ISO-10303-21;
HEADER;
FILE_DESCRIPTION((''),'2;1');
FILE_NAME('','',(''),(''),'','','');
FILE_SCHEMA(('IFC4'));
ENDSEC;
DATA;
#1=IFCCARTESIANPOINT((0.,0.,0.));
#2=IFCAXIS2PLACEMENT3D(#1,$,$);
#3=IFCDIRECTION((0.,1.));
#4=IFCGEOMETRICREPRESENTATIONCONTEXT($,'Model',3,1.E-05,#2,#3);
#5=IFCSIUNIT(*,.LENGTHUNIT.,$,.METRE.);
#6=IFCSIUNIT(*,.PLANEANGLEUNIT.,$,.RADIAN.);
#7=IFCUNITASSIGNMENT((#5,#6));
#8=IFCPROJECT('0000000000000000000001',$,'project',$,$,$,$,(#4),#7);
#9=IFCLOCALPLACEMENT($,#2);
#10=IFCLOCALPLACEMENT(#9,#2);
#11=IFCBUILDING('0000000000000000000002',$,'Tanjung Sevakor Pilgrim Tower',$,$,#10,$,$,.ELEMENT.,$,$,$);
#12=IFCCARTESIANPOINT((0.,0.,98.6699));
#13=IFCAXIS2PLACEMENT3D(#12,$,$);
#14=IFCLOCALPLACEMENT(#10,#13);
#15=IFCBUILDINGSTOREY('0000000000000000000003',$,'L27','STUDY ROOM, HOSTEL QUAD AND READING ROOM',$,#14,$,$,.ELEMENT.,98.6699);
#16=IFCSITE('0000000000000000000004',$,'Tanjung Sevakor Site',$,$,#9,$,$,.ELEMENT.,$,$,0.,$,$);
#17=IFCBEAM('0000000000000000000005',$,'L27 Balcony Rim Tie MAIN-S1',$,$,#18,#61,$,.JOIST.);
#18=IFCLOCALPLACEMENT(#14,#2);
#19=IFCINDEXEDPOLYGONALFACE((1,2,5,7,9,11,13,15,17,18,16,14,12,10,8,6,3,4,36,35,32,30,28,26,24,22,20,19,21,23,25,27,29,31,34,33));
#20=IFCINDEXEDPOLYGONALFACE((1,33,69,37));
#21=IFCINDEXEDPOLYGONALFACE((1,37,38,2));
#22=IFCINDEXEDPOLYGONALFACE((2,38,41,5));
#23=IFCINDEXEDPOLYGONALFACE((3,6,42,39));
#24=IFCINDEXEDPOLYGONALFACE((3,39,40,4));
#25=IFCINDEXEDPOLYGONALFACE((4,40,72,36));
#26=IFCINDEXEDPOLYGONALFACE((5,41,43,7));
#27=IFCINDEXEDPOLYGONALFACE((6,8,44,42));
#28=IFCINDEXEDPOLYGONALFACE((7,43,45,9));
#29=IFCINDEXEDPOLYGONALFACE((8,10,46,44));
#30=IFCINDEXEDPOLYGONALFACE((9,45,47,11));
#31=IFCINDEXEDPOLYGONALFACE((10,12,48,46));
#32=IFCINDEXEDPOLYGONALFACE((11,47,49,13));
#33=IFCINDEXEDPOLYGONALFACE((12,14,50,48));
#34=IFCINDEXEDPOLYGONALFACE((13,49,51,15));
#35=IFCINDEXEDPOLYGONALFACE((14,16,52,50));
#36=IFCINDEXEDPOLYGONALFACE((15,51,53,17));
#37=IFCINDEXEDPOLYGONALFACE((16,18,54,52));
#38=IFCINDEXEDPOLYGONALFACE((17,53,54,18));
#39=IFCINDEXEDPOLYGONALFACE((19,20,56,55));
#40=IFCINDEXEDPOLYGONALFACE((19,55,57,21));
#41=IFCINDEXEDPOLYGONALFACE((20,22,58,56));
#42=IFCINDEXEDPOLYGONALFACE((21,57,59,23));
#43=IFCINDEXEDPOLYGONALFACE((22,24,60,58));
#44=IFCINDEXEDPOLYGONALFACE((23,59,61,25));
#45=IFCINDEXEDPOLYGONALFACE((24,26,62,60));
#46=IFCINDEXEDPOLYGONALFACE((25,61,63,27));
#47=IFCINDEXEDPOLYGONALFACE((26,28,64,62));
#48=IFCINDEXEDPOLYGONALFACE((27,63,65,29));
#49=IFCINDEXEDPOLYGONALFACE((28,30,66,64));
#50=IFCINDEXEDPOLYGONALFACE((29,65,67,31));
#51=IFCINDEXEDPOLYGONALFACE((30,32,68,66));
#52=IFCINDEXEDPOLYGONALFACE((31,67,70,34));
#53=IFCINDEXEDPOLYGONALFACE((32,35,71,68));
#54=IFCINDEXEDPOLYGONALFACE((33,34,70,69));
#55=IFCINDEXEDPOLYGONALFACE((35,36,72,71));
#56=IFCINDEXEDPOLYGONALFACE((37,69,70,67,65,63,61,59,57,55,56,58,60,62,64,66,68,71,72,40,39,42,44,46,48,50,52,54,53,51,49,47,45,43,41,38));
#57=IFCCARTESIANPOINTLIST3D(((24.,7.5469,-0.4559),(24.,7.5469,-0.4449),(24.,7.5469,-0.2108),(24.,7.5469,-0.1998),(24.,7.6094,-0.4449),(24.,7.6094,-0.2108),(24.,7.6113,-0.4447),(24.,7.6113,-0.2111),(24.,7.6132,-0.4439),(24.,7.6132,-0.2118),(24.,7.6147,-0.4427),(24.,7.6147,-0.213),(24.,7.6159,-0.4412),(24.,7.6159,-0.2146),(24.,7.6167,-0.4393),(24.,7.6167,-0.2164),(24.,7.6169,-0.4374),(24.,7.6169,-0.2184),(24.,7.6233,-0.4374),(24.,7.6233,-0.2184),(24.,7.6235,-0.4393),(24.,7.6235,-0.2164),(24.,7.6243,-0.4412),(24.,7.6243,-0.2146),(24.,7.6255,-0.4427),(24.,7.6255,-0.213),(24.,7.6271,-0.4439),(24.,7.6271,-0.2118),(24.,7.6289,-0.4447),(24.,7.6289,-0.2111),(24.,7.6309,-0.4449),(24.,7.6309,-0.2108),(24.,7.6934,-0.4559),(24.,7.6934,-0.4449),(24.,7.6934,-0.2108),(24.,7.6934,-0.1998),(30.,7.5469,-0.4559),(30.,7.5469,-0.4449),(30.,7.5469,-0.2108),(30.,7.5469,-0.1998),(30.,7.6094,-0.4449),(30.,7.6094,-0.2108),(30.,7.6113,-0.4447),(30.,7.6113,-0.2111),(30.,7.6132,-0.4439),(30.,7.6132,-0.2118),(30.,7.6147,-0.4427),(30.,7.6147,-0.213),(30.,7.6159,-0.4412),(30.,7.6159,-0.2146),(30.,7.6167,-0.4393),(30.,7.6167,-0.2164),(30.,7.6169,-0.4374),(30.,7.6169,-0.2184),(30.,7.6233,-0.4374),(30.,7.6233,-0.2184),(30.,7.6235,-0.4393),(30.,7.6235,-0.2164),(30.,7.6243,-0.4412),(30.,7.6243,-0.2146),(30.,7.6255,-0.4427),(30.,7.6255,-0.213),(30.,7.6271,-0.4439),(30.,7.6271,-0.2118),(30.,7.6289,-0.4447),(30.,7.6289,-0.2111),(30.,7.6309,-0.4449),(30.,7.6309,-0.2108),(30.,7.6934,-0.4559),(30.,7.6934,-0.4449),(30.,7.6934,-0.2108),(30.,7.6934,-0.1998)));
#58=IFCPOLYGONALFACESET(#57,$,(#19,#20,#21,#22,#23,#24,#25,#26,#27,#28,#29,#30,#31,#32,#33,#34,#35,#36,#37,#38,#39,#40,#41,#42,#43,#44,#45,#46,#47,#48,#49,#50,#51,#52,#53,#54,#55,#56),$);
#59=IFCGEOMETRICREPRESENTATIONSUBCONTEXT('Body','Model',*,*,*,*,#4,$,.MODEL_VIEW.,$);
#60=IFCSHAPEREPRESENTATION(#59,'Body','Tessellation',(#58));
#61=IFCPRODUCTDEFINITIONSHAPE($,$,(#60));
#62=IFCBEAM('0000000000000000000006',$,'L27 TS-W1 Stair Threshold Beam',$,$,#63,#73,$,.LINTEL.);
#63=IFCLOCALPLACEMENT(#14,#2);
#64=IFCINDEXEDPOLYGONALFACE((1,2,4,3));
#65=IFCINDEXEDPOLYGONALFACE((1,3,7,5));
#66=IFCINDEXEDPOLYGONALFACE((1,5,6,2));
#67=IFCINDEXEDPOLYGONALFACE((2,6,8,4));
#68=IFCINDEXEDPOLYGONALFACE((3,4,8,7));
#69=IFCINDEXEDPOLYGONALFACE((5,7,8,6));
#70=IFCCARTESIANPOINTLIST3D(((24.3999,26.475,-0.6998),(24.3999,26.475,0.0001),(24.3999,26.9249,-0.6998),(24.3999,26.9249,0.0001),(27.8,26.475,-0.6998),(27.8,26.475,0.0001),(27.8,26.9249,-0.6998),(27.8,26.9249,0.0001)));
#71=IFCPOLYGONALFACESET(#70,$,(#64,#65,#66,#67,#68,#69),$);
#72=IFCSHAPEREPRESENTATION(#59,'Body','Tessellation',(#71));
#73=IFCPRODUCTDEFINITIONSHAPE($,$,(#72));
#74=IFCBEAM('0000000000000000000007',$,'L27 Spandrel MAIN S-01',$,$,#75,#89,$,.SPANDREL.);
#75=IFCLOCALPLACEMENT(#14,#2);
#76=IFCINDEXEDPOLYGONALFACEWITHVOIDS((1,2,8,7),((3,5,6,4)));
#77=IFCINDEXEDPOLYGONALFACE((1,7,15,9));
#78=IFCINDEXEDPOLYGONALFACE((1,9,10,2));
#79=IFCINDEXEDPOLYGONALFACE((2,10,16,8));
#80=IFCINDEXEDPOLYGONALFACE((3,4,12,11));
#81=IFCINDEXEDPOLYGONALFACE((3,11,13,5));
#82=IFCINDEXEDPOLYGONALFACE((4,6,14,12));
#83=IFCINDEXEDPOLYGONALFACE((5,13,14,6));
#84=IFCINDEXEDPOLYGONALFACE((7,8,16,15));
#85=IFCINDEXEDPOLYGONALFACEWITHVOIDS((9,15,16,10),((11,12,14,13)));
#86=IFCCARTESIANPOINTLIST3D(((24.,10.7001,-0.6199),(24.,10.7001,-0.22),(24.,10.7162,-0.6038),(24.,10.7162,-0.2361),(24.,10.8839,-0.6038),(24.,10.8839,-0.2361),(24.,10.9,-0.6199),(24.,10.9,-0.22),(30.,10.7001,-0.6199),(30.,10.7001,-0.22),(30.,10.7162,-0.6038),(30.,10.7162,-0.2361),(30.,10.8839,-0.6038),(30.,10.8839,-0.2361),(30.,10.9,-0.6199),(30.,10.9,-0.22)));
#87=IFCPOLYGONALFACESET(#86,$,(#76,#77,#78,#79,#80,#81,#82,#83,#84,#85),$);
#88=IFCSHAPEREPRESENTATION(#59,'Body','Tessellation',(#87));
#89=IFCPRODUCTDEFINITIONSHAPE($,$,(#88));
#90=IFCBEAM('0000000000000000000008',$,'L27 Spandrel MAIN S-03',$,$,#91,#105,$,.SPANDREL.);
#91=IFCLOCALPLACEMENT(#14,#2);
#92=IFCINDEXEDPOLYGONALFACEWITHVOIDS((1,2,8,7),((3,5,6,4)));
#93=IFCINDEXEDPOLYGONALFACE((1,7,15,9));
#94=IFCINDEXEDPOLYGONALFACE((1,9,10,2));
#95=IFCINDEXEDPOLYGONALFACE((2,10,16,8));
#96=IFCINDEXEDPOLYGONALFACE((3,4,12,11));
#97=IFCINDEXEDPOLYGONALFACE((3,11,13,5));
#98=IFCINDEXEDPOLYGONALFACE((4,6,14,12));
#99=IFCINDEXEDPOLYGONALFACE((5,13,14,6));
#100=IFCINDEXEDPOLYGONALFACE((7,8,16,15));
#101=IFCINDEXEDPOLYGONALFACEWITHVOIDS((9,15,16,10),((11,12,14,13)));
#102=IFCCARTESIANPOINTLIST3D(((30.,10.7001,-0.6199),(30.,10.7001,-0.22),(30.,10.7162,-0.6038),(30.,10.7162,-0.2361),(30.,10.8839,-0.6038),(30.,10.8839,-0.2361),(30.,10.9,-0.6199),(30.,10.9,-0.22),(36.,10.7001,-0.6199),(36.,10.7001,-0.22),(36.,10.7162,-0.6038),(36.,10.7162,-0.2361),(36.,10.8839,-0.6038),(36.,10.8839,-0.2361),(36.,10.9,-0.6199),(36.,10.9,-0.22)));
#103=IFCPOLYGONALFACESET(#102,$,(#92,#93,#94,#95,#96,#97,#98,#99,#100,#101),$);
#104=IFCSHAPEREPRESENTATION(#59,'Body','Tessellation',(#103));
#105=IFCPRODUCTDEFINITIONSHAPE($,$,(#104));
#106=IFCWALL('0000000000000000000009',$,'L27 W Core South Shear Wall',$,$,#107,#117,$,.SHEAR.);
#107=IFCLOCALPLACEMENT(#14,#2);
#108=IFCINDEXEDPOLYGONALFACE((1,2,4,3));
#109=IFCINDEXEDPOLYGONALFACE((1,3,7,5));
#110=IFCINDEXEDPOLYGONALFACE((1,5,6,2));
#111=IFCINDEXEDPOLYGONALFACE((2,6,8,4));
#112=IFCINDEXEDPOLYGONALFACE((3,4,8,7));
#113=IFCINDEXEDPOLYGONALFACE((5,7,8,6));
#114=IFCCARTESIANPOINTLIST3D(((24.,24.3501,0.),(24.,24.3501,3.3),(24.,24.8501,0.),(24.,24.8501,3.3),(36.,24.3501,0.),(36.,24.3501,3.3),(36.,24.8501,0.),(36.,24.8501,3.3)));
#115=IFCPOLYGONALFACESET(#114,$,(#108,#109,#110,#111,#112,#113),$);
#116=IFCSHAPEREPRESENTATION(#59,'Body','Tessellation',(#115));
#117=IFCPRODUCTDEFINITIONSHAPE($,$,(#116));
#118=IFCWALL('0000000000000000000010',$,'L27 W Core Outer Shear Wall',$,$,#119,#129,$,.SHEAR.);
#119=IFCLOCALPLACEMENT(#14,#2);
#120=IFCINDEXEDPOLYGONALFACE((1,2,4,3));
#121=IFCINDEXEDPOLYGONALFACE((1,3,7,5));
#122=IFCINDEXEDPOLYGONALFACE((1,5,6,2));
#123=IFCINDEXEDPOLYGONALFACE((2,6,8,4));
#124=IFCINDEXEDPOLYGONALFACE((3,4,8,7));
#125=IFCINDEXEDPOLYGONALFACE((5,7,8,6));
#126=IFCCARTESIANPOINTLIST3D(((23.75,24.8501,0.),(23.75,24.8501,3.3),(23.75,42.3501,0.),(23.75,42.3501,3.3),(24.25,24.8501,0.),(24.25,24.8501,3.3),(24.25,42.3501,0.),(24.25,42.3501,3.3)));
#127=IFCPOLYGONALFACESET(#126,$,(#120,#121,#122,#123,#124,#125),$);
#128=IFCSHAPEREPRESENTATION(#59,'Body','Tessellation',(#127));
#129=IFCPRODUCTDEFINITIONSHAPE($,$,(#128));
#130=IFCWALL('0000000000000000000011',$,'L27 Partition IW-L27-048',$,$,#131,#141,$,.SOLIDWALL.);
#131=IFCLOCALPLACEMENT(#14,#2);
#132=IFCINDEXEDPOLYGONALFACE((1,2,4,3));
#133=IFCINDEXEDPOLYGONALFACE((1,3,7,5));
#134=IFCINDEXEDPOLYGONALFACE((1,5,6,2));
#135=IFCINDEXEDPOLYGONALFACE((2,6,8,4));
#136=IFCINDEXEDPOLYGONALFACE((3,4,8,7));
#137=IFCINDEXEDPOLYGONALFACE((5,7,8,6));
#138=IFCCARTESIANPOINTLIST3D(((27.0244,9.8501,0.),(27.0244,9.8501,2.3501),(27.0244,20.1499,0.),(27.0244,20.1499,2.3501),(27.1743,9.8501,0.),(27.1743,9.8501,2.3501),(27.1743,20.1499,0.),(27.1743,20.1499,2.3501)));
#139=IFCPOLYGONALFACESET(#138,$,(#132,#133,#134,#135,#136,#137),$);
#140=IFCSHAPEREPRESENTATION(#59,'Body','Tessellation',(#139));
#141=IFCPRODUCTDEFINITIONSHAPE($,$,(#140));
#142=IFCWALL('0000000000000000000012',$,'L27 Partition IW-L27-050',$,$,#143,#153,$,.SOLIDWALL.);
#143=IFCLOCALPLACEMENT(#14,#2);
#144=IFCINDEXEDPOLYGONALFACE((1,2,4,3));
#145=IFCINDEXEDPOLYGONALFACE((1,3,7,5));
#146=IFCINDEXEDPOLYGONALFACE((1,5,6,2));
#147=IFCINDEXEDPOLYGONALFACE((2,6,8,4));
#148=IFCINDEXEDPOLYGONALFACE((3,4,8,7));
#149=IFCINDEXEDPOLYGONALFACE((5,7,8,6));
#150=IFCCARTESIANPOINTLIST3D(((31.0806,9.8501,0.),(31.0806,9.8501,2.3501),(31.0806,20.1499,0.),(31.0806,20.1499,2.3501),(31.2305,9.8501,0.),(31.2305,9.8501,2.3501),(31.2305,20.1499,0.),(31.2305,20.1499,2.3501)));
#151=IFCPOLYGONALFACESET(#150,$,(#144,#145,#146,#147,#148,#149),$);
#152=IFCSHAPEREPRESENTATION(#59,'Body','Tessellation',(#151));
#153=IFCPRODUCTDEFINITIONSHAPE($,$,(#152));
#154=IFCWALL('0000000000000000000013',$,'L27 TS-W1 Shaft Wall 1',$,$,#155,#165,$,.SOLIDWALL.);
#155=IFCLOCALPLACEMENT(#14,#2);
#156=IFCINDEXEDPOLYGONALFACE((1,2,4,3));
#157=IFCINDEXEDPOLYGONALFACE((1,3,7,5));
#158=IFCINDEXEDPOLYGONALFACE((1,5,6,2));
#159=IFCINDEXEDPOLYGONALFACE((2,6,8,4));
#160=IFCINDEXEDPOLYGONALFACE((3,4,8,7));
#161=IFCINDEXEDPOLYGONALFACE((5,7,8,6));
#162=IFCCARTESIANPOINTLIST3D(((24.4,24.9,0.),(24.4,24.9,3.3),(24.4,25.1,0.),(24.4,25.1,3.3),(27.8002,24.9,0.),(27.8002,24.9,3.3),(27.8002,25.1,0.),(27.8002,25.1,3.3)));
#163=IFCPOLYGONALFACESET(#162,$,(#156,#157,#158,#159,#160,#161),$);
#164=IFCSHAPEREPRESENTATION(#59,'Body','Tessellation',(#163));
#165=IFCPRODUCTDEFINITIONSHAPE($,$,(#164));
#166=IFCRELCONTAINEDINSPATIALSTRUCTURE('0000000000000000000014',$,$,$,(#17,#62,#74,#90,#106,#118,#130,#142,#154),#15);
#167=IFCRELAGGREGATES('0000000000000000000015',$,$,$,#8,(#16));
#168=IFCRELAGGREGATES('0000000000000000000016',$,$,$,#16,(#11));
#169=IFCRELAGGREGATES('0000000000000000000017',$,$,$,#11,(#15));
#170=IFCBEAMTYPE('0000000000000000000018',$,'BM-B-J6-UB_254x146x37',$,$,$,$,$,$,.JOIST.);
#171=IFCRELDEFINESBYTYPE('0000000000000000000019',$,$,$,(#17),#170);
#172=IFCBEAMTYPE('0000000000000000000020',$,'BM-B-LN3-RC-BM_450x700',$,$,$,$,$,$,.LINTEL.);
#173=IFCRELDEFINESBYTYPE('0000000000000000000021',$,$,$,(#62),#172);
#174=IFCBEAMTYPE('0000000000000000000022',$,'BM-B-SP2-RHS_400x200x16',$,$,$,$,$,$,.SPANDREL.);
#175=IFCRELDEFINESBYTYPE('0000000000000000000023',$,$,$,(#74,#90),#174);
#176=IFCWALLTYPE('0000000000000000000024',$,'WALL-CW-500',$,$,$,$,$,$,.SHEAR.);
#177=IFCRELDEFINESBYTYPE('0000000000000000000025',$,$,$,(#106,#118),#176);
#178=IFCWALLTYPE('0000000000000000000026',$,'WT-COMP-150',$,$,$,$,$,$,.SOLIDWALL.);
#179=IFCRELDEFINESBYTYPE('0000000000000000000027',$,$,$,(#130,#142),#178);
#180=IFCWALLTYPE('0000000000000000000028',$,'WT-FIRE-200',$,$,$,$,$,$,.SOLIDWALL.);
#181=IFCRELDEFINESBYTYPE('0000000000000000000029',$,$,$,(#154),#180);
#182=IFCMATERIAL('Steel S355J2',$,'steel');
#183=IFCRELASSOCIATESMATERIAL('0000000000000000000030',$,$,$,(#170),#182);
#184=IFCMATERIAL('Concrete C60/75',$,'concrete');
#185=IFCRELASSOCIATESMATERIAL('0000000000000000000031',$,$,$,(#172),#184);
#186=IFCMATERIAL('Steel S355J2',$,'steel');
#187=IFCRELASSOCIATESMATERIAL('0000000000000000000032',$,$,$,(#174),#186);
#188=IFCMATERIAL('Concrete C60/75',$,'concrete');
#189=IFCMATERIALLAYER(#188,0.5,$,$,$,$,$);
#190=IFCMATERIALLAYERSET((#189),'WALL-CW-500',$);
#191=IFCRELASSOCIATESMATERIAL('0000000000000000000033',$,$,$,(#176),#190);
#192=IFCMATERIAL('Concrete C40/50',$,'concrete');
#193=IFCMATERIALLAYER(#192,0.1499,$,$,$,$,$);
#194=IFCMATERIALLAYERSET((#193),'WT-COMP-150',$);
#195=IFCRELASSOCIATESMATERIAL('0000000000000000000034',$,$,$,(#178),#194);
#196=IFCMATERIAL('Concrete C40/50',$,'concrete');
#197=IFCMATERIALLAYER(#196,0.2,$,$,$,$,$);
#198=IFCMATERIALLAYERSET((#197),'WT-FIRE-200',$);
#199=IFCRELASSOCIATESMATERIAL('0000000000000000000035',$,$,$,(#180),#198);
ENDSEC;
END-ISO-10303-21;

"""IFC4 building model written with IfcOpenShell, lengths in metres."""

from ifc_helpers import new_model, si_unit, direction, frame, frame_2d, origin, origin_2d, place, context, subcontext, project, spatial, rectangle, hollow_rectangle, i_section, extrude, material, layer, layer_set, material_profile, profile_set, type_object, element, save


model = new_model("IFC4")

# Units and contexts
model_context = context("Model", 3, precision=1e-05, world=origin(), true_north=direction((0.0, 1.0)))
body_context = subcontext(model_context, "Body", "Model", "MODEL_VIEW")
ifc_project = project(units=[si_unit("LENGTHUNIT", "METRE"), si_unit("PLANEANGLEUNIT", "RADIAN")], contexts=[model_context])

# Site, building, storey
site_placement = place(None, origin())
site = spatial("IfcSite", under=ifc_project, at=site_placement, Name="Tanjung Sevakor Site", CompositionType="ELEMENT", RefElevation=0.0)
building_placement = place(site_placement, origin())
building = spatial("IfcBuilding", under=site, at=building_placement, Name="Tanjung Sevakor Pilgrim Tower", CompositionType="ELEMENT")
storey_placement = place(building_placement, frame((0.0, 0.0, 98.6699)))
storey = spatial("IfcBuildingStorey", under=building, at=storey_placement, Name="L27", Description="STUDY ROOM, HOSTEL QUAD AND READING ROOM", CompositionType="ELEMENT", Elevation=98.6699)

# Beams
ifc_material_1 = material(Name="Steel S355J2", Category="steel")
ifc_material_profile_1 = material_profile(ifc_material_1, i_section(OverallWidth=0.1465, OverallDepth=0.2561, WebThickness=0.0063, FlangeThickness=0.011, FilletRadius=0.0076, at=origin_2d()))
ifc_profile_set_1 = profile_set([ifc_material_profile_1], Name="Steel S355J2")
beam_type_1 = type_object("IfcBeamType", Name="BM-B-J6-UB_254x146x37", PredefinedType="JOIST", material=ifc_profile_set_1)
beam_1_placement = place(storey_placement, frame((24.0, 7.6201, -0.3279), z_axis=(1.0, 0.0, 0.0), x_axis=(0.0, 1.0, 0.0)))
element("IfcBeam", 1, at=beam_1_placement, inside=storey, type_object=beam_type_1, Name="L27 Balcony Rim Tie MAIN-S1", PredefinedType="JOIST", context=body_context, shape_type="SweptSolid", body=[
    extrude(i_section(OverallWidth=0.1465, OverallDepth=0.2561, WebThickness=0.0063, FlangeThickness=0.011, FilletRadius=0.0076, at=origin_2d()), origin(), (0.0, 0.0, 1.0), 6.0),
])
ifc_material_2 = material(Name="Concrete C60/75", Category="concrete")
ifc_material_profile_2 = material_profile(ifc_material_2, rectangle(XDim=0.45, YDim=0.7, at=origin_2d()))
ifc_profile_set_2 = profile_set([ifc_material_profile_2], Name="Concrete C60/75")
beam_type_2 = type_object("IfcBeamType", Name="BM-B-LN3-RC-BM_450x700", PredefinedType="LINTEL", material=ifc_profile_set_2)
beam_2_placement = place(storey_placement, frame((24.3999, 26.7, -0.3499), z_axis=(1.0, 0.0, 0.0), x_axis=(0.0, 1.0, 0.0)))
element("IfcBeam", 2, at=beam_2_placement, inside=storey, type_object=beam_type_2, Name="L27 TS-W1 Stair Threshold Beam", PredefinedType="LINTEL", context=body_context, shape_type="SweptSolid", body=[
    extrude(rectangle(XDim=0.45, YDim=0.7, at=origin_2d()), origin(), (0.0, 0.0, 1.0), 3.4001),
])
ifc_material_3 = material(Name="Steel S355J2", Category="steel")
ifc_material_profile_3 = material_profile(ifc_material_3, hollow_rectangle(XDim=0.2, YDim=0.3999, WallThickness=0.0161, at=origin_2d()))
ifc_profile_set_3 = profile_set([ifc_material_profile_3], Name="Steel S355J2")
beam_type_3 = type_object("IfcBeamType", Name="BM-B-SP2-RHS_400x200x16", PredefinedType="SPANDREL", material=ifc_profile_set_3)
for number, where, z_axis, x_axis, name in (
    (3, (24.0, 10.8, -0.4199), (1.0, 0.0, 0.0), (0.0, 1.0, 0.0), "L27 Spandrel MAIN S-01"),
    (4, (30.0, 10.8, -0.4199), (1.0, 0.0, 0.0), (0.0, 1.0, 0.0), "L27 Spandrel MAIN S-03"),
):
    element("IfcBeam", number, at=place(storey_placement, frame(where, z_axis=z_axis, x_axis=x_axis)), inside=storey, type_object=beam_type_3, Name=name, PredefinedType="SPANDREL", context=body_context, shape_type="SweptSolid", body=[
        extrude(hollow_rectangle(XDim=0.2, YDim=0.3999, WallThickness=0.0161, at=origin_2d()), origin(), (0.0, 0.0, 1.0), 6.0),
    ])

# Walls
ifc_material_4 = material(Name="Concrete C60/75", Category="concrete")
ifc_layer_1 = layer(ifc_material_4, 0.5)
ifc_layer_set_1 = layer_set([ifc_layer_1], Name="WALL-CW-500")
wall_type_1 = type_object("IfcWallType", Name="WALL-CW-500", PredefinedType="SHEAR", material=ifc_layer_set_1)
wall_1_placement = place(storey_placement, frame((24.0, 24.6001, 0.0), z_axis=(0.0, 0.0, 1.0), x_axis=(1.0, 0.0, 0.0)))
element("IfcWall", 5, at=wall_1_placement, inside=storey, type_object=wall_type_1, Name="L27 W Core South Shear Wall", PredefinedType="SHEAR", context=body_context, shape_type="SweptSolid", body=[
    extrude(rectangle(XDim=12.0, YDim=0.5, at=frame_2d((6.0, 0.0))), origin(), (0.0, 0.0, 1.0), 3.3),
])
wall_2_placement = place(storey_placement, frame((24.0, 24.8501, 0.0), z_axis=(0.0, 0.0, 1.0), x_axis=(0.0, 1.0, 0.0)))
element("IfcWall", 6, at=wall_2_placement, inside=storey, type_object=wall_type_1, Name="L27 W Core Outer Shear Wall", PredefinedType="SHEAR", context=body_context, shape_type="SweptSolid", body=[
    extrude(rectangle(XDim=17.5, YDim=0.5, at=frame_2d((8.75, 0.0))), origin(), (0.0, 0.0, 1.0), 3.3),
])

# Shared definitions
ifc_material_5 = material(Name="Concrete C40/50", Category="concrete")
ifc_layer_2 = layer(ifc_material_5, 0.1499)
ifc_layer_set_2 = layer_set([ifc_layer_2], Name="WT-COMP-150")
wall_type_2 = type_object("IfcWallType", Name="WT-COMP-150", PredefinedType="SOLIDWALL", material=ifc_layer_set_2)

# Walls
for number, where, z_axis, x_axis, name in (
    (7, (27.0994, 9.8501, 0.0), (0.0, 0.0, 1.0), (0.0, 1.0, 0.0), "L27 Partition IW-L27-048"),
    (8, (31.1555, 9.8501, 0.0), (0.0, 0.0, 1.0), (0.0, 1.0, 0.0), "L27 Partition IW-L27-050"),
):
    element("IfcWall", number, at=place(storey_placement, frame(where, z_axis=z_axis, x_axis=x_axis)), inside=storey, type_object=wall_type_2, Name=name, PredefinedType="SOLIDWALL", context=body_context, shape_type="SweptSolid", body=[
        extrude(rectangle(XDim=10.2998, YDim=0.1499, at=frame_2d((5.1499, 0.0))), origin(), (0.0, 0.0, 1.0), 2.3501),
    ])

# Wall
ifc_material_6 = material(Name="Concrete C40/50", Category="concrete")
ifc_layer_3 = layer(ifc_material_6, 0.2)
ifc_layer_set_3 = layer_set([ifc_layer_3], Name="WT-FIRE-200")
wall_type_3 = type_object("IfcWallType", Name="WT-FIRE-200", PredefinedType="SOLIDWALL", material=ifc_layer_set_3)
wall_3_placement = place(storey_placement, frame((24.3999, 25.0, 0.0), z_axis=(0.0, 0.0, 1.0), x_axis=(1.0, 0.0, 0.0)))
element("IfcWall", 9, at=wall_3_placement, inside=storey, type_object=wall_type_3, Name="L27 TS-W1 Shaft Wall 1", PredefinedType="SOLIDWALL", context=body_context, shape_type="SweptSolid", body=[
    extrude(rectangle(XDim=3.4001, YDim=0.2, at=frame_2d((1.7002, 0.0))), origin(), (0.0, 0.0, 1.0), 3.3),
])

save(model, "model.ifc")
